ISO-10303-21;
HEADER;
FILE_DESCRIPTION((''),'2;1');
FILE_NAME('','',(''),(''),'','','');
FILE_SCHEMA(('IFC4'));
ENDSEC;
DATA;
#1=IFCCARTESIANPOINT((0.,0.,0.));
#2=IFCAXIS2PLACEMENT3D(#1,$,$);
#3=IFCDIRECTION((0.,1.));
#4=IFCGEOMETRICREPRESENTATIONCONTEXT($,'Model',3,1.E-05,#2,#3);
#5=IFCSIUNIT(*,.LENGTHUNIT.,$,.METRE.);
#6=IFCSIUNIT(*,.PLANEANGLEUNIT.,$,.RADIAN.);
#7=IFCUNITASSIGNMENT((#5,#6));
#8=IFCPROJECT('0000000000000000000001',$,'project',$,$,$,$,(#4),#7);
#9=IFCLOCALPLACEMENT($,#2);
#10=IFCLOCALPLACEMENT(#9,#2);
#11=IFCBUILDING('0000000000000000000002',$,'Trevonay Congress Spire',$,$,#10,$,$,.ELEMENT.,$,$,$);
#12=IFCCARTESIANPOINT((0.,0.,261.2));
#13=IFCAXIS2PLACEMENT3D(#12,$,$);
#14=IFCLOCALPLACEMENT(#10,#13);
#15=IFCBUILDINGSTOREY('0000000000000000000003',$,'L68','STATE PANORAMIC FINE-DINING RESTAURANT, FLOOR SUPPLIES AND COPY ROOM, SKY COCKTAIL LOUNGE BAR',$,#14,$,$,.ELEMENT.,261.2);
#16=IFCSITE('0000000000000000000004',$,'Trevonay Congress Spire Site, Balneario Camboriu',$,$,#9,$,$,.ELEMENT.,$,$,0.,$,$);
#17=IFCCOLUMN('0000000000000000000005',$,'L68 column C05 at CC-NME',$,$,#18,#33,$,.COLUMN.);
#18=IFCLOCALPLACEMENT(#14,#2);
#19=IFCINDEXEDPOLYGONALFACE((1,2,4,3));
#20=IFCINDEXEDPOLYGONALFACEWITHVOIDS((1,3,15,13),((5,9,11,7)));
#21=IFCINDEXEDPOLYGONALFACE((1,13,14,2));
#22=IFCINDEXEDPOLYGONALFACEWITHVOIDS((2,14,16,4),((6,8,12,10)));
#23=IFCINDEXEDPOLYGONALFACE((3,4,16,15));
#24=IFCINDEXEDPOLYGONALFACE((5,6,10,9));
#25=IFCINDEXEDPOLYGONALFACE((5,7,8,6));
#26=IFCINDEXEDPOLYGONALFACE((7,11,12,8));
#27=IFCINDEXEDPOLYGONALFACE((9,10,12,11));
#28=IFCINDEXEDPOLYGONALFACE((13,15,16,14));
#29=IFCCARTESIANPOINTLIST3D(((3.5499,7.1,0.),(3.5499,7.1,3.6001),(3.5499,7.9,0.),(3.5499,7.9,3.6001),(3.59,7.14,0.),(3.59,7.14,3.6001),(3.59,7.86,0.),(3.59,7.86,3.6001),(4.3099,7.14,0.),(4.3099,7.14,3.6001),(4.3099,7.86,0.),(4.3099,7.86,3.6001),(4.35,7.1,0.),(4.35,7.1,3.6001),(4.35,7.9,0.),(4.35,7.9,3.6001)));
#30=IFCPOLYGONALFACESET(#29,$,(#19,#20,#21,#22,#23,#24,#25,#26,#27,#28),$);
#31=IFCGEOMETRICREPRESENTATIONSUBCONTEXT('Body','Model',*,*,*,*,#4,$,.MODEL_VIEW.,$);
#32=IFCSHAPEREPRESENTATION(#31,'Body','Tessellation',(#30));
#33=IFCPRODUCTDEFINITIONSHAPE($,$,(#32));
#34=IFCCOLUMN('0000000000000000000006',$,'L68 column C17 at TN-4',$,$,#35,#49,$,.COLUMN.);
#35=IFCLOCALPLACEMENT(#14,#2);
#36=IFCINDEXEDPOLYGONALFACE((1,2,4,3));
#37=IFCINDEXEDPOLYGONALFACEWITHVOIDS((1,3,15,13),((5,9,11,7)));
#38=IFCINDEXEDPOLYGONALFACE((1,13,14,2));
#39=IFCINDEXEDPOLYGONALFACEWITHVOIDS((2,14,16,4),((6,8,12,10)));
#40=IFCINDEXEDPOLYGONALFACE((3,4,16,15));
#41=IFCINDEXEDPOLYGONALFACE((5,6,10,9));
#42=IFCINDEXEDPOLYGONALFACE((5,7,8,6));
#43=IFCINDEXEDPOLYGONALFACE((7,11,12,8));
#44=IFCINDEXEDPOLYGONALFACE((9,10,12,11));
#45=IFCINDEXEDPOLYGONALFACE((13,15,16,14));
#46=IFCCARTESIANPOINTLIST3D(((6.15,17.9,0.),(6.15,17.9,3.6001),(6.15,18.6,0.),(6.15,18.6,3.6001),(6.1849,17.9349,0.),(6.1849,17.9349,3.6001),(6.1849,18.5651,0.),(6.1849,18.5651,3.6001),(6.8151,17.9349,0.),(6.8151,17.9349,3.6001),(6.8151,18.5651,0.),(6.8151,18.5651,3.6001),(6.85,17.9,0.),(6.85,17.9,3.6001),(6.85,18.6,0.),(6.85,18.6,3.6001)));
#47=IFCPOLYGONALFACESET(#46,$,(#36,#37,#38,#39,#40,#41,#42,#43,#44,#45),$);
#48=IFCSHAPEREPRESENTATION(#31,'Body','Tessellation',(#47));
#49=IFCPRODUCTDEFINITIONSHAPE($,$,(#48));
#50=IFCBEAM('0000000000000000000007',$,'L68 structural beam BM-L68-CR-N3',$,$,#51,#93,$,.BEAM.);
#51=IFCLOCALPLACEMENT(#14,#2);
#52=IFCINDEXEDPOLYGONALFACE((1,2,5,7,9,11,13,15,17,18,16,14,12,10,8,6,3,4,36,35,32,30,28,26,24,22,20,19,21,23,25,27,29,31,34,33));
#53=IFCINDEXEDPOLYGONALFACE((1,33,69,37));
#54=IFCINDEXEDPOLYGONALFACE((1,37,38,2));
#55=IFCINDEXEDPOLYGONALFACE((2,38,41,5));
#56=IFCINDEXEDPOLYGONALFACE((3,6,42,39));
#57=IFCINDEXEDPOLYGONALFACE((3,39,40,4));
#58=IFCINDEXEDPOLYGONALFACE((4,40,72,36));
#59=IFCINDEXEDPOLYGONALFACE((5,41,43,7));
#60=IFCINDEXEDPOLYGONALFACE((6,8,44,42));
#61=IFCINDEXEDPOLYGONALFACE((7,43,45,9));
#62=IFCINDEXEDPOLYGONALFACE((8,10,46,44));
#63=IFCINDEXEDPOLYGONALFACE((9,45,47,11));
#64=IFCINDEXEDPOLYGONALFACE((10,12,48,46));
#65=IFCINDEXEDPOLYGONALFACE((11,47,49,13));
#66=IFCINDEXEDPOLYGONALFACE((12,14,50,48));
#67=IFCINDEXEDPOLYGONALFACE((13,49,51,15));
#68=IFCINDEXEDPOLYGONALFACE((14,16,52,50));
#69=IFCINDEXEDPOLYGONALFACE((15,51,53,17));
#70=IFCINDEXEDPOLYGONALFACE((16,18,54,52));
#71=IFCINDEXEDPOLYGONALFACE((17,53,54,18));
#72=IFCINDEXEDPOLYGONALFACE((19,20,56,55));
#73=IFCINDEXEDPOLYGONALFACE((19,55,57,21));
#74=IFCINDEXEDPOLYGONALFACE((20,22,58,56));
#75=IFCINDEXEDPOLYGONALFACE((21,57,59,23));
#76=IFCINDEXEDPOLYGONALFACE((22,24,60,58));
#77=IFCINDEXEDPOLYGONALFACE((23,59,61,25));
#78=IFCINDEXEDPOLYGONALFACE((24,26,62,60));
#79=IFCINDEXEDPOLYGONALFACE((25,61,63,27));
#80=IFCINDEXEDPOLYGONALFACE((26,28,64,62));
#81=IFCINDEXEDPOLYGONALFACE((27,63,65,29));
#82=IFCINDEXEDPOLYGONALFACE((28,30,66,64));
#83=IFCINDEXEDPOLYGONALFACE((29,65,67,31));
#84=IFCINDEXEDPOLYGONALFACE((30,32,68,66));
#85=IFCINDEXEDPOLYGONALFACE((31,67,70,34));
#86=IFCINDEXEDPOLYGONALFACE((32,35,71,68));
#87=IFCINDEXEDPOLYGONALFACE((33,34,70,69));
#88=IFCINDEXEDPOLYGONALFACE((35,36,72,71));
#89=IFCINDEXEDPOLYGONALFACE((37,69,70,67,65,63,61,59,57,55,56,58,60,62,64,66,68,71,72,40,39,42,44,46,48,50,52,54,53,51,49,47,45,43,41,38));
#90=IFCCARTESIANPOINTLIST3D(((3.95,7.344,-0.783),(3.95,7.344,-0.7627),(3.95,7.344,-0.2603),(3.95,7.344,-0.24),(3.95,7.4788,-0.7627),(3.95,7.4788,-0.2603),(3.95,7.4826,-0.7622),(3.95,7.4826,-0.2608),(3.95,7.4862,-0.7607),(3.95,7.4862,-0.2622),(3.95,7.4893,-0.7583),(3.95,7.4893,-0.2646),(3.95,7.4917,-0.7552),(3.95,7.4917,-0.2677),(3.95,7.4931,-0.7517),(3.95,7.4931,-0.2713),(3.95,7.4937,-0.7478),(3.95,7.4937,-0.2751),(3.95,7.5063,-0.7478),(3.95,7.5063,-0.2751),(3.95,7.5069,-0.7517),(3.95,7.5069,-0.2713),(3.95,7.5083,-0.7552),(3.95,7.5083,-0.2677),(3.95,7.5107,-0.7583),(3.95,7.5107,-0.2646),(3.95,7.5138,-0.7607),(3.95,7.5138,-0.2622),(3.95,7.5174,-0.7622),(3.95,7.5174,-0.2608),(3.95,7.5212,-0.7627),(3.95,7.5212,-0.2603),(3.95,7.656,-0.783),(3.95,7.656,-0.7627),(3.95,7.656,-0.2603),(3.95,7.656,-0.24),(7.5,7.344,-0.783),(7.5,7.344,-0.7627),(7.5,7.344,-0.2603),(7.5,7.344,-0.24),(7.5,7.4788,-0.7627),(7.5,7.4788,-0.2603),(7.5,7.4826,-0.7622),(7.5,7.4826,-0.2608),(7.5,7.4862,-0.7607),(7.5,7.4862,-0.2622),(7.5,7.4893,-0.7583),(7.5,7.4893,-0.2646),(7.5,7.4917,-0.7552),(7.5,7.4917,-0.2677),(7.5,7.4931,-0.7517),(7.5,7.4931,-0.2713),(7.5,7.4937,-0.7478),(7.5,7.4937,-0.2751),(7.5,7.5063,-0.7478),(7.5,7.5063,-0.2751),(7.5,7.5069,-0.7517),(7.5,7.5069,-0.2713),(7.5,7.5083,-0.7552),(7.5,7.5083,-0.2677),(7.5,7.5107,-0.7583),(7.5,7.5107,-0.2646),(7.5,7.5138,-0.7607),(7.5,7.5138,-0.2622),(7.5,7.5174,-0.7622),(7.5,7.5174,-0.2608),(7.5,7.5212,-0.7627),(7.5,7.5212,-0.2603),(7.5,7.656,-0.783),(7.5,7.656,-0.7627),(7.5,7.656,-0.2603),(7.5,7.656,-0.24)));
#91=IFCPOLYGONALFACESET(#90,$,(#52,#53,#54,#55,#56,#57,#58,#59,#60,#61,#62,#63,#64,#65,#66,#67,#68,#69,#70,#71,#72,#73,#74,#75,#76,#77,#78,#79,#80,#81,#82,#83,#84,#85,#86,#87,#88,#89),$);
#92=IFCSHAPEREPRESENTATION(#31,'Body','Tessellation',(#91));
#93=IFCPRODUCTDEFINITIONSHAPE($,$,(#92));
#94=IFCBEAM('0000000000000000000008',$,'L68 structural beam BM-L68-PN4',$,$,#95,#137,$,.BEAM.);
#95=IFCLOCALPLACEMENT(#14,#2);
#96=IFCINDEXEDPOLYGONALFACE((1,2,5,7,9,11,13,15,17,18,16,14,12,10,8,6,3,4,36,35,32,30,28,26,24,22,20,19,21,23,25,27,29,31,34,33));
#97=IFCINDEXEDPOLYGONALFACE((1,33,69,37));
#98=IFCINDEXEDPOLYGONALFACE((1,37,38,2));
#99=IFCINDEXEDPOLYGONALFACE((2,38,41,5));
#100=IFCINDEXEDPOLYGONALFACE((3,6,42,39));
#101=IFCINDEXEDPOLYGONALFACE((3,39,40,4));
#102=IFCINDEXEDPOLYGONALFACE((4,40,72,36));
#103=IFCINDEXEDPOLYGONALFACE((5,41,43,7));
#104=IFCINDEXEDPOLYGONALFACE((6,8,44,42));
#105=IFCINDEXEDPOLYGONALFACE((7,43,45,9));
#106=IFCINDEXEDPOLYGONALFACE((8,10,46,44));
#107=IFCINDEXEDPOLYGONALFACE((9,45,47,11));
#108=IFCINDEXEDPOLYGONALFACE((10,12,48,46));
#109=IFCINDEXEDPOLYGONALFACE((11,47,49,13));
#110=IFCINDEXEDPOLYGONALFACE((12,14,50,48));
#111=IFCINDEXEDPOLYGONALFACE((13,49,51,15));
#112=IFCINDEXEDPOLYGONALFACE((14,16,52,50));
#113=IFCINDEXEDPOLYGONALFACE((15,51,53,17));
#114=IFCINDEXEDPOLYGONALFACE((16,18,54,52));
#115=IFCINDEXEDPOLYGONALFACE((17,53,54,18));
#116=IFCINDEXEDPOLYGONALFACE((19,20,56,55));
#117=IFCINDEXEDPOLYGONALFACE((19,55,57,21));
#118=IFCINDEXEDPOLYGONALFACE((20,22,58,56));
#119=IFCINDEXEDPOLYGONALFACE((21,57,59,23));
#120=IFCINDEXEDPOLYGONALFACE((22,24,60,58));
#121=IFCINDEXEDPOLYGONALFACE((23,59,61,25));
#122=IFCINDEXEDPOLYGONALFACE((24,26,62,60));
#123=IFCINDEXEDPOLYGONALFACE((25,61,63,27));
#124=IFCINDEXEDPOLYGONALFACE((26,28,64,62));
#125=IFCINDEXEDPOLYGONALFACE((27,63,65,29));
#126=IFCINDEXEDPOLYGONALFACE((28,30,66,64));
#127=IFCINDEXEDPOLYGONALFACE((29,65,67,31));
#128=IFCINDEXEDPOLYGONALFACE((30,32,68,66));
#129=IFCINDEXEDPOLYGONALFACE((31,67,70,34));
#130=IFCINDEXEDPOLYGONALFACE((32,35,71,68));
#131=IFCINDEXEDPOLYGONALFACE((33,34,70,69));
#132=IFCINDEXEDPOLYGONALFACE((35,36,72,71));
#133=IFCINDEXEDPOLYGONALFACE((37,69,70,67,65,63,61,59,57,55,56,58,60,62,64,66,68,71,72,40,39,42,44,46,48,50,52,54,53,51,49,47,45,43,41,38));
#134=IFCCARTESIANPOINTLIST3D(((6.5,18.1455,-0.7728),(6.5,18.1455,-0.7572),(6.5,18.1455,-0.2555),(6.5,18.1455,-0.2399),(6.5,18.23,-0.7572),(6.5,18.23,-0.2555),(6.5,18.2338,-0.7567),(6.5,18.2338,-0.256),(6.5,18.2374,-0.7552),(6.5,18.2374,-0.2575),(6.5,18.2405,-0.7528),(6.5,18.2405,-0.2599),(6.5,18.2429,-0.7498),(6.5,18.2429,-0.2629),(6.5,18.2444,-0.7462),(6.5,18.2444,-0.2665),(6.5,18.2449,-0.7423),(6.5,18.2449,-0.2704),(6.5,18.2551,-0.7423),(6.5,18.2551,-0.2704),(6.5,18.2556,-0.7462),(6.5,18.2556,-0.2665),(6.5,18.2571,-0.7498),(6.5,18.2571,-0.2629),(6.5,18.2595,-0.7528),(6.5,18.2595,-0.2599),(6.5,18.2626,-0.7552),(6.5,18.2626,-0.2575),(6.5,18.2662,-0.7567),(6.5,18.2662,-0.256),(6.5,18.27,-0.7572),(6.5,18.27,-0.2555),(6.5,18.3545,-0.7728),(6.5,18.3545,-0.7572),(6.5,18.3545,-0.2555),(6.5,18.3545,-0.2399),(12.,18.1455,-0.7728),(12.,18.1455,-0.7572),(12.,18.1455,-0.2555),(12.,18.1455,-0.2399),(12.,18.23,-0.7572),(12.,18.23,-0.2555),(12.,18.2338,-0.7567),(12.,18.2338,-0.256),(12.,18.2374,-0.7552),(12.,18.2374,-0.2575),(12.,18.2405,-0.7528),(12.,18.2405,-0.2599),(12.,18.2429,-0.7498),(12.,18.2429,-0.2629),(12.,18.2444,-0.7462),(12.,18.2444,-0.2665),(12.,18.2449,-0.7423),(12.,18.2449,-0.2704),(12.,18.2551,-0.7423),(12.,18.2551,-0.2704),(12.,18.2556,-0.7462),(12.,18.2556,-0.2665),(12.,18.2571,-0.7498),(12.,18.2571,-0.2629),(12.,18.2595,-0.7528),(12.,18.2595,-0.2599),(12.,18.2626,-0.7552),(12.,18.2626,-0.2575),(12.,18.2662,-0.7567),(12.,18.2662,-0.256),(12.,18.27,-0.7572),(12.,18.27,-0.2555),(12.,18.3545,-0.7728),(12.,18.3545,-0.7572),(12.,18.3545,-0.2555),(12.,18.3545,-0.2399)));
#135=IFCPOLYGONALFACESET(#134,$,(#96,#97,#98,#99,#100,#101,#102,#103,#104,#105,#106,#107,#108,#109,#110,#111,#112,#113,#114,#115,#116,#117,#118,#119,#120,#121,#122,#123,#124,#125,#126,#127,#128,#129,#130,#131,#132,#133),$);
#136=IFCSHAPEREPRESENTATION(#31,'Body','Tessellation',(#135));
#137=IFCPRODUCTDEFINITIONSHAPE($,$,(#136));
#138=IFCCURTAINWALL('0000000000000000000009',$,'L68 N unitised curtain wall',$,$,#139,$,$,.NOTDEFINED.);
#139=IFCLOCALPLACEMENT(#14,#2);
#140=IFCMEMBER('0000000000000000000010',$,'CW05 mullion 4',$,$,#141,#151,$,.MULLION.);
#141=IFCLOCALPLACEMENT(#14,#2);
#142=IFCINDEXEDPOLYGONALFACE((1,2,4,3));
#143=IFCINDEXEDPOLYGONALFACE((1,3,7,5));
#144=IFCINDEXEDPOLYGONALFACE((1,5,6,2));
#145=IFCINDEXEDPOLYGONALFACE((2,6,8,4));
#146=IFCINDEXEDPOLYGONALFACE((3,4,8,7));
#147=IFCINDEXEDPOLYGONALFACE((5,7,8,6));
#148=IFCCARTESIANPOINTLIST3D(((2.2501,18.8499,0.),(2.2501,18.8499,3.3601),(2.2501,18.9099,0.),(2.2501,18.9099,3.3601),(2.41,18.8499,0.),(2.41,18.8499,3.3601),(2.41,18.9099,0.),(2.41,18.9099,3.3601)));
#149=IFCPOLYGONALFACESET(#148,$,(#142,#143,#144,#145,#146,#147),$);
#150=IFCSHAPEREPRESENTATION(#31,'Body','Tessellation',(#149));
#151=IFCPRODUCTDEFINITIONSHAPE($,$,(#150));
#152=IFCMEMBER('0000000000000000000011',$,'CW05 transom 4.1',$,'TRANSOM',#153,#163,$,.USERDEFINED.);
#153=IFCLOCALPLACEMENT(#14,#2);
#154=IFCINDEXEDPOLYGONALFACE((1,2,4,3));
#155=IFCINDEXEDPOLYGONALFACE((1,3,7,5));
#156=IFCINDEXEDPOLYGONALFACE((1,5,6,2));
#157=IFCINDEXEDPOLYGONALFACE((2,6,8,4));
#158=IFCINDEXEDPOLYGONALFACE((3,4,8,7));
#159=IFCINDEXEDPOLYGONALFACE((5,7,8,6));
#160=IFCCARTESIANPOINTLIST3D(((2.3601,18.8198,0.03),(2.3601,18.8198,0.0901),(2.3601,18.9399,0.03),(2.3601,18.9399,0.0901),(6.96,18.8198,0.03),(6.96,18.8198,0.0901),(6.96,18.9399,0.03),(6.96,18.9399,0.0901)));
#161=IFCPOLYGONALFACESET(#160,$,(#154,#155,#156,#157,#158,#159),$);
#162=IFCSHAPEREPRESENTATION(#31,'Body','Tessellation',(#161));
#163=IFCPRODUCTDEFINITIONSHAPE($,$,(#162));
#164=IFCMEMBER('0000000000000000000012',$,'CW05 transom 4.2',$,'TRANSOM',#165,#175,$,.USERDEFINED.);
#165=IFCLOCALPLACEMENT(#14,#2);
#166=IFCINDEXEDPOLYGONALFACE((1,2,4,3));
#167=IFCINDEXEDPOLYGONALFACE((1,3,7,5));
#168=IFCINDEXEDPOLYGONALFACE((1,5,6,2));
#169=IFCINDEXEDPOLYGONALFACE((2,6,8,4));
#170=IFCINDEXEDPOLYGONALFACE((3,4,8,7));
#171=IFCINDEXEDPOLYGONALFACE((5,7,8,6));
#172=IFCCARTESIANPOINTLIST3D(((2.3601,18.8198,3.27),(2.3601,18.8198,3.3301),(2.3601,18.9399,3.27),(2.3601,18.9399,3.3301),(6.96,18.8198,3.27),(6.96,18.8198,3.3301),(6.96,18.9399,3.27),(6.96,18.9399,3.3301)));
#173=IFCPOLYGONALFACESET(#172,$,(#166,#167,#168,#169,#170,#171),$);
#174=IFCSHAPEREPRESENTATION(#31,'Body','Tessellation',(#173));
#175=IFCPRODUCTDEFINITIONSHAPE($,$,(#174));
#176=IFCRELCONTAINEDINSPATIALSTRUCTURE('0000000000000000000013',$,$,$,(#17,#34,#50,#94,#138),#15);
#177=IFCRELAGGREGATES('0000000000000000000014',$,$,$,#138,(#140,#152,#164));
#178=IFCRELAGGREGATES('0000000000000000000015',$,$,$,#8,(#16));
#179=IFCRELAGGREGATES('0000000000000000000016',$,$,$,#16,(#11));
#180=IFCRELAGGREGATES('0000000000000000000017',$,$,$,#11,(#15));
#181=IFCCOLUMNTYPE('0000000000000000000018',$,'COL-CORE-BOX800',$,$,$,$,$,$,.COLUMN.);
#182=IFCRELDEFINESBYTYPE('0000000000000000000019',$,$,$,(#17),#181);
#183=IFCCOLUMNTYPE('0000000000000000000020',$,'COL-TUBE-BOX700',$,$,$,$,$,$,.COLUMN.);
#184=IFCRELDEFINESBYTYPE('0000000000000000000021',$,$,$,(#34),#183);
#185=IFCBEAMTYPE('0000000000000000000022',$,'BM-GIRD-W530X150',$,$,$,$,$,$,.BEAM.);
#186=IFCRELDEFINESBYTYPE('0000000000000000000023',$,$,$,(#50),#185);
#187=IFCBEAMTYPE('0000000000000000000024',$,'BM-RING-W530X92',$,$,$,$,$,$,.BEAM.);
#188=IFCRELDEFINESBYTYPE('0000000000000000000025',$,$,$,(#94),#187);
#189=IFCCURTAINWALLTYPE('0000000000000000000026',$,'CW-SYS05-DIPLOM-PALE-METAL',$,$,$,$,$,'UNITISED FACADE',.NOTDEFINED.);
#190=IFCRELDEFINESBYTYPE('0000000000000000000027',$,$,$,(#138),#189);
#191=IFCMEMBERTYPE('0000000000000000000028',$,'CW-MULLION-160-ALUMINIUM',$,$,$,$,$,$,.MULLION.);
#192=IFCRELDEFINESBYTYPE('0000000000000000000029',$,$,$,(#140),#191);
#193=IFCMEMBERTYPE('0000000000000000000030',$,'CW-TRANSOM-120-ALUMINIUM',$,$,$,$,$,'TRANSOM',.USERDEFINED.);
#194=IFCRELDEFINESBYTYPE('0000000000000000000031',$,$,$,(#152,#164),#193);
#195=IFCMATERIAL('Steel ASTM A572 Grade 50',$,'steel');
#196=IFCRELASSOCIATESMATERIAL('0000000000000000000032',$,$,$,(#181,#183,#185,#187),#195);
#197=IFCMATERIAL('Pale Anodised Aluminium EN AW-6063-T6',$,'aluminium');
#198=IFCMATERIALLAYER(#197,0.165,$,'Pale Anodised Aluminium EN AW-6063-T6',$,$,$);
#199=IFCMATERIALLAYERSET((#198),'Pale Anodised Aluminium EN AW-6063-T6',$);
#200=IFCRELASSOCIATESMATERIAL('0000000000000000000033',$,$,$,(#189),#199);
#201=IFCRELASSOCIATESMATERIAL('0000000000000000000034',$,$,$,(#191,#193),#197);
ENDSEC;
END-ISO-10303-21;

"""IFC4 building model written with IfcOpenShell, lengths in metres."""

from ifc_helpers import new_model, si_unit, direction, frame, origin, origin_2d, place, context, subcontext, project, spatial, rectangle, hollow_rectangle, i_section, extrude, material, layer, layer_set, material_profile, profile_set, type_object, element, aggregate, save


model = new_model("IFC4")

# Units and contexts
model_context = context("Model", 3, precision=1e-05, world=origin(), true_north=direction((0.0, 1.0)))
body_context = subcontext(model_context, "Body", "Model", "MODEL_VIEW")
ifc_project = project(units=[si_unit("LENGTHUNIT", "METRE"), si_unit("PLANEANGLEUNIT", "RADIAN")], contexts=[model_context])

# Site, building, storey
site_placement = place(None, origin())
site = spatial("IfcSite", under=ifc_project, at=site_placement, Name="Trevonay Congress Spire Site, Balneario Camboriu", CompositionType="ELEMENT", RefElevation=0.0)
building_placement = place(site_placement, origin())
building = spatial("IfcBuilding", under=site, at=building_placement, Name="Trevonay Congress Spire", CompositionType="ELEMENT")
storey_placement = place(building_placement, frame((0.0, 0.0, 261.2)))
storey = spatial("IfcBuildingStorey", under=building, at=storey_placement, Name="L68", Description="STATE PANORAMIC FINE-DINING RESTAURANT, FLOOR SUPPLIES AND COPY ROOM, SKY COCKTAIL LOUNGE BAR", CompositionType="ELEMENT", Elevation=261.2)

# Columns
ifc_material_1 = material(Name="Steel ASTM A572 Grade 50", Category="steel")
ifc_material_profile_1 = material_profile(ifc_material_1, hollow_rectangle(XDim=0.8, YDim=0.8, WallThickness=0.04, at=origin_2d()), Name="BOX 800x800x40")
ifc_profile_set_1 = profile_set([ifc_material_profile_1], Name="Steel ASTM A572 Grade 50")
column_type_1 = type_object("IfcColumnType", Name="COL-CORE-BOX800", PredefinedType="COLUMN", material=ifc_profile_set_1)
column_1_placement = place(storey_placement, frame((3.95, 7.5, 0.0), z_axis=(0.0, 0.0, 1.0), x_axis=(1.0, 0.0, 0.0)))
element("IfcColumn", 1, at=column_1_placement, inside=storey, type_object=column_type_1, Name="L68 column C05 at CC-NME", PredefinedType="COLUMN", context=body_context, shape_type="SweptSolid", body=[
    extrude(hollow_rectangle(XDim=0.8, YDim=0.8, WallThickness=0.04, at=origin_2d()), origin(), (0.0, 0.0, 1.0), 3.6001),
])
ifc_material_profile_2 = material_profile(ifc_material_1, hollow_rectangle(XDim=0.7, YDim=0.7, WallThickness=0.0349, at=origin_2d()), Name="BOX 700x700x35")
ifc_profile_set_2 = profile_set([ifc_material_profile_2], Name="Steel ASTM A572 Grade 50")
column_type_2 = type_object("IfcColumnType", Name="COL-TUBE-BOX700", PredefinedType="COLUMN", material=ifc_profile_set_2)
column_2_placement = place(storey_placement, frame((6.5, 18.25, 0.0), z_axis=(0.0, 0.0, 1.0), x_axis=(1.0, 0.0, 0.0)))
element("IfcColumn", 2, at=column_2_placement, inside=storey, type_object=column_type_2, Name="L68 column C17 at TN-4", PredefinedType="COLUMN", context=body_context, shape_type="SweptSolid", body=[
    extrude(hollow_rectangle(XDim=0.7, YDim=0.7, WallThickness=0.0349, at=origin_2d()), origin(), (0.0, 0.0, 1.0), 3.6001),
])

# Beams
ifc_material_profile_3 = material_profile(ifc_material_1, i_section(OverallWidth=0.312, OverallDepth=0.543, WebThickness=0.0127, FlangeThickness=0.0203, FilletRadius=0.0149, at=origin_2d()), Name="W530x150")
ifc_profile_set_3 = profile_set([ifc_material_profile_3], Name="Steel ASTM A572 Grade 50")
beam_type_1 = type_object("IfcBeamType", Name="BM-GIRD-W530X150", PredefinedType="BEAM", material=ifc_profile_set_3)
beam_1_placement = place(storey_placement, frame((3.95, 7.5, -0.5115), z_axis=(1.0, 0.0, 0.0), x_axis=(0.0, 1.0, 0.0)))
element("IfcBeam", 3, at=beam_1_placement, inside=storey, type_object=beam_type_1, Name="L68 structural beam BM-L68-CR-N3", PredefinedType="BEAM", context=body_context, shape_type="SweptSolid", body=[
    extrude(i_section(OverallWidth=0.312, OverallDepth=0.543, WebThickness=0.0127, FlangeThickness=0.0203, FilletRadius=0.0149, at=origin_2d()), origin(), (0.0, 0.0, 1.0), 3.55),
])
ifc_material_profile_4 = material_profile(ifc_material_1, i_section(OverallWidth=0.209, OverallDepth=0.533, WebThickness=0.0103, FlangeThickness=0.0156, FilletRadius=0.0149, at=origin_2d()), Name="W530x92")
ifc_profile_set_4 = profile_set([ifc_material_profile_4], Name="Steel ASTM A572 Grade 50")
beam_type_2 = type_object("IfcBeamType", Name="BM-RING-W530X92", PredefinedType="BEAM", material=ifc_profile_set_4)
beam_2_placement = place(storey_placement, frame((6.5, 18.25, -0.5063), z_axis=(1.0, 0.0, 0.0), x_axis=(0.0, 1.0, 0.0)))
element("IfcBeam", 4, at=beam_2_placement, inside=storey, type_object=beam_type_2, Name="L68 structural beam BM-L68-PN4", PredefinedType="BEAM", context=body_context, shape_type="SweptSolid", body=[
    extrude(i_section(OverallWidth=0.209, OverallDepth=0.533, WebThickness=0.0103, FlangeThickness=0.0156, FilletRadius=0.0149, at=origin_2d()), origin(), (0.0, 0.0, 1.0), 5.5),
])

# Curtain wall, members
ifc_material_2 = material(Name="Pale Anodised Aluminium EN AW-6063-T6", Category="aluminium")
ifc_layer_1 = layer(ifc_material_2, 0.165, Name="Pale Anodised Aluminium EN AW-6063-T6")
ifc_layer_set_1 = layer_set([ifc_layer_1], Name="Pale Anodised Aluminium EN AW-6063-T6")
curtain_wall_type = type_object("IfcCurtainWallType", Name="CW-SYS05-DIPLOM-PALE-METAL", ElementType="UNITISED FACADE", PredefinedType="NOTDEFINED", material=ifc_layer_set_1)
curtain_wall_placement = place(storey_placement, origin())
curtain_wall = element("IfcCurtainWall", 5, at=curtain_wall_placement, inside=storey, type_object=curtain_wall_type, Name="L68 N unitised curtain wall", PredefinedType="NOTDEFINED")
ifc_material_profile_5 = material_profile(ifc_material_2, rectangle(XDim=0.0601, YDim=0.1599, at=origin_2d()), Name="CW-MULLION-160-ALUMINIUM")
ifc_profile_set_5 = profile_set([ifc_material_profile_5], Name="Pale Anodised Aluminium EN AW-6063-T6")
member_type_1 = type_object("IfcMemberType", Name="CW-MULLION-160-ALUMINIUM", PredefinedType="MULLION", material=ifc_profile_set_5)
member_1_placement = place(storey_placement, frame((2.3301, 18.8799, 0.0), z_axis=(0.0, 0.0, 1.0), x_axis=(0.0, 1.0, 0.0)))
member_1 = element("IfcMember", 6, at=member_1_placement, type_object=member_type_1, Name="CW05 mullion 4", PredefinedType="MULLION", context=body_context, shape_type="SweptSolid", body=[
    extrude(rectangle(XDim=0.0601, YDim=0.1599, at=origin_2d()), origin(), (0.0, 0.0, 1.0), 3.3601),
])
ifc_material_profile_6 = material_profile(ifc_material_2, rectangle(XDim=0.1201, YDim=0.0601, at=origin_2d()), Name="CW-TRANSOM-120-ALUMINIUM")
ifc_profile_set_6 = profile_set([ifc_material_profile_6], Name="Pale Anodised Aluminium EN AW-6063-T6")
member_type_2 = type_object("IfcMemberType", Name="CW-TRANSOM-120-ALUMINIUM", ElementType="TRANSOM", PredefinedType="USERDEFINED", material=ifc_profile_set_6)
member_2_placement = place(storey_placement, frame((2.3601, 18.8799, 0.0601), z_axis=(1.0, 0.0, 0.0), x_axis=(0.0, 1.0, 0.0)))
member_2 = element("IfcMember", 7, at=member_2_placement, type_object=member_type_2, Name="CW05 transom 4.1", ObjectType="TRANSOM", PredefinedType="USERDEFINED", context=body_context, shape_type="SweptSolid", body=[
    extrude(rectangle(XDim=0.1201, YDim=0.0601, at=origin_2d()), origin(), (0.0, 0.0, 1.0), 4.5999),
])
member_3_placement = place(storey_placement, frame((2.3601, 18.8799, 3.3), z_axis=(1.0, 0.0, 0.0), x_axis=(0.0, 1.0, 0.0)))
member_3 = element("IfcMember", 8, at=member_3_placement, type_object=member_type_2, Name="CW05 transom 4.2", ObjectType="TRANSOM", PredefinedType="USERDEFINED", context=body_context, shape_type="SweptSolid", body=[
    extrude(rectangle(XDim=0.1201, YDim=0.0601, at=origin_2d()), origin(), (0.0, 0.0, 1.0), 4.5999),
])
aggregate(curtain_wall, [member_1, member_2, member_3])

save(model, "model.ifc")
